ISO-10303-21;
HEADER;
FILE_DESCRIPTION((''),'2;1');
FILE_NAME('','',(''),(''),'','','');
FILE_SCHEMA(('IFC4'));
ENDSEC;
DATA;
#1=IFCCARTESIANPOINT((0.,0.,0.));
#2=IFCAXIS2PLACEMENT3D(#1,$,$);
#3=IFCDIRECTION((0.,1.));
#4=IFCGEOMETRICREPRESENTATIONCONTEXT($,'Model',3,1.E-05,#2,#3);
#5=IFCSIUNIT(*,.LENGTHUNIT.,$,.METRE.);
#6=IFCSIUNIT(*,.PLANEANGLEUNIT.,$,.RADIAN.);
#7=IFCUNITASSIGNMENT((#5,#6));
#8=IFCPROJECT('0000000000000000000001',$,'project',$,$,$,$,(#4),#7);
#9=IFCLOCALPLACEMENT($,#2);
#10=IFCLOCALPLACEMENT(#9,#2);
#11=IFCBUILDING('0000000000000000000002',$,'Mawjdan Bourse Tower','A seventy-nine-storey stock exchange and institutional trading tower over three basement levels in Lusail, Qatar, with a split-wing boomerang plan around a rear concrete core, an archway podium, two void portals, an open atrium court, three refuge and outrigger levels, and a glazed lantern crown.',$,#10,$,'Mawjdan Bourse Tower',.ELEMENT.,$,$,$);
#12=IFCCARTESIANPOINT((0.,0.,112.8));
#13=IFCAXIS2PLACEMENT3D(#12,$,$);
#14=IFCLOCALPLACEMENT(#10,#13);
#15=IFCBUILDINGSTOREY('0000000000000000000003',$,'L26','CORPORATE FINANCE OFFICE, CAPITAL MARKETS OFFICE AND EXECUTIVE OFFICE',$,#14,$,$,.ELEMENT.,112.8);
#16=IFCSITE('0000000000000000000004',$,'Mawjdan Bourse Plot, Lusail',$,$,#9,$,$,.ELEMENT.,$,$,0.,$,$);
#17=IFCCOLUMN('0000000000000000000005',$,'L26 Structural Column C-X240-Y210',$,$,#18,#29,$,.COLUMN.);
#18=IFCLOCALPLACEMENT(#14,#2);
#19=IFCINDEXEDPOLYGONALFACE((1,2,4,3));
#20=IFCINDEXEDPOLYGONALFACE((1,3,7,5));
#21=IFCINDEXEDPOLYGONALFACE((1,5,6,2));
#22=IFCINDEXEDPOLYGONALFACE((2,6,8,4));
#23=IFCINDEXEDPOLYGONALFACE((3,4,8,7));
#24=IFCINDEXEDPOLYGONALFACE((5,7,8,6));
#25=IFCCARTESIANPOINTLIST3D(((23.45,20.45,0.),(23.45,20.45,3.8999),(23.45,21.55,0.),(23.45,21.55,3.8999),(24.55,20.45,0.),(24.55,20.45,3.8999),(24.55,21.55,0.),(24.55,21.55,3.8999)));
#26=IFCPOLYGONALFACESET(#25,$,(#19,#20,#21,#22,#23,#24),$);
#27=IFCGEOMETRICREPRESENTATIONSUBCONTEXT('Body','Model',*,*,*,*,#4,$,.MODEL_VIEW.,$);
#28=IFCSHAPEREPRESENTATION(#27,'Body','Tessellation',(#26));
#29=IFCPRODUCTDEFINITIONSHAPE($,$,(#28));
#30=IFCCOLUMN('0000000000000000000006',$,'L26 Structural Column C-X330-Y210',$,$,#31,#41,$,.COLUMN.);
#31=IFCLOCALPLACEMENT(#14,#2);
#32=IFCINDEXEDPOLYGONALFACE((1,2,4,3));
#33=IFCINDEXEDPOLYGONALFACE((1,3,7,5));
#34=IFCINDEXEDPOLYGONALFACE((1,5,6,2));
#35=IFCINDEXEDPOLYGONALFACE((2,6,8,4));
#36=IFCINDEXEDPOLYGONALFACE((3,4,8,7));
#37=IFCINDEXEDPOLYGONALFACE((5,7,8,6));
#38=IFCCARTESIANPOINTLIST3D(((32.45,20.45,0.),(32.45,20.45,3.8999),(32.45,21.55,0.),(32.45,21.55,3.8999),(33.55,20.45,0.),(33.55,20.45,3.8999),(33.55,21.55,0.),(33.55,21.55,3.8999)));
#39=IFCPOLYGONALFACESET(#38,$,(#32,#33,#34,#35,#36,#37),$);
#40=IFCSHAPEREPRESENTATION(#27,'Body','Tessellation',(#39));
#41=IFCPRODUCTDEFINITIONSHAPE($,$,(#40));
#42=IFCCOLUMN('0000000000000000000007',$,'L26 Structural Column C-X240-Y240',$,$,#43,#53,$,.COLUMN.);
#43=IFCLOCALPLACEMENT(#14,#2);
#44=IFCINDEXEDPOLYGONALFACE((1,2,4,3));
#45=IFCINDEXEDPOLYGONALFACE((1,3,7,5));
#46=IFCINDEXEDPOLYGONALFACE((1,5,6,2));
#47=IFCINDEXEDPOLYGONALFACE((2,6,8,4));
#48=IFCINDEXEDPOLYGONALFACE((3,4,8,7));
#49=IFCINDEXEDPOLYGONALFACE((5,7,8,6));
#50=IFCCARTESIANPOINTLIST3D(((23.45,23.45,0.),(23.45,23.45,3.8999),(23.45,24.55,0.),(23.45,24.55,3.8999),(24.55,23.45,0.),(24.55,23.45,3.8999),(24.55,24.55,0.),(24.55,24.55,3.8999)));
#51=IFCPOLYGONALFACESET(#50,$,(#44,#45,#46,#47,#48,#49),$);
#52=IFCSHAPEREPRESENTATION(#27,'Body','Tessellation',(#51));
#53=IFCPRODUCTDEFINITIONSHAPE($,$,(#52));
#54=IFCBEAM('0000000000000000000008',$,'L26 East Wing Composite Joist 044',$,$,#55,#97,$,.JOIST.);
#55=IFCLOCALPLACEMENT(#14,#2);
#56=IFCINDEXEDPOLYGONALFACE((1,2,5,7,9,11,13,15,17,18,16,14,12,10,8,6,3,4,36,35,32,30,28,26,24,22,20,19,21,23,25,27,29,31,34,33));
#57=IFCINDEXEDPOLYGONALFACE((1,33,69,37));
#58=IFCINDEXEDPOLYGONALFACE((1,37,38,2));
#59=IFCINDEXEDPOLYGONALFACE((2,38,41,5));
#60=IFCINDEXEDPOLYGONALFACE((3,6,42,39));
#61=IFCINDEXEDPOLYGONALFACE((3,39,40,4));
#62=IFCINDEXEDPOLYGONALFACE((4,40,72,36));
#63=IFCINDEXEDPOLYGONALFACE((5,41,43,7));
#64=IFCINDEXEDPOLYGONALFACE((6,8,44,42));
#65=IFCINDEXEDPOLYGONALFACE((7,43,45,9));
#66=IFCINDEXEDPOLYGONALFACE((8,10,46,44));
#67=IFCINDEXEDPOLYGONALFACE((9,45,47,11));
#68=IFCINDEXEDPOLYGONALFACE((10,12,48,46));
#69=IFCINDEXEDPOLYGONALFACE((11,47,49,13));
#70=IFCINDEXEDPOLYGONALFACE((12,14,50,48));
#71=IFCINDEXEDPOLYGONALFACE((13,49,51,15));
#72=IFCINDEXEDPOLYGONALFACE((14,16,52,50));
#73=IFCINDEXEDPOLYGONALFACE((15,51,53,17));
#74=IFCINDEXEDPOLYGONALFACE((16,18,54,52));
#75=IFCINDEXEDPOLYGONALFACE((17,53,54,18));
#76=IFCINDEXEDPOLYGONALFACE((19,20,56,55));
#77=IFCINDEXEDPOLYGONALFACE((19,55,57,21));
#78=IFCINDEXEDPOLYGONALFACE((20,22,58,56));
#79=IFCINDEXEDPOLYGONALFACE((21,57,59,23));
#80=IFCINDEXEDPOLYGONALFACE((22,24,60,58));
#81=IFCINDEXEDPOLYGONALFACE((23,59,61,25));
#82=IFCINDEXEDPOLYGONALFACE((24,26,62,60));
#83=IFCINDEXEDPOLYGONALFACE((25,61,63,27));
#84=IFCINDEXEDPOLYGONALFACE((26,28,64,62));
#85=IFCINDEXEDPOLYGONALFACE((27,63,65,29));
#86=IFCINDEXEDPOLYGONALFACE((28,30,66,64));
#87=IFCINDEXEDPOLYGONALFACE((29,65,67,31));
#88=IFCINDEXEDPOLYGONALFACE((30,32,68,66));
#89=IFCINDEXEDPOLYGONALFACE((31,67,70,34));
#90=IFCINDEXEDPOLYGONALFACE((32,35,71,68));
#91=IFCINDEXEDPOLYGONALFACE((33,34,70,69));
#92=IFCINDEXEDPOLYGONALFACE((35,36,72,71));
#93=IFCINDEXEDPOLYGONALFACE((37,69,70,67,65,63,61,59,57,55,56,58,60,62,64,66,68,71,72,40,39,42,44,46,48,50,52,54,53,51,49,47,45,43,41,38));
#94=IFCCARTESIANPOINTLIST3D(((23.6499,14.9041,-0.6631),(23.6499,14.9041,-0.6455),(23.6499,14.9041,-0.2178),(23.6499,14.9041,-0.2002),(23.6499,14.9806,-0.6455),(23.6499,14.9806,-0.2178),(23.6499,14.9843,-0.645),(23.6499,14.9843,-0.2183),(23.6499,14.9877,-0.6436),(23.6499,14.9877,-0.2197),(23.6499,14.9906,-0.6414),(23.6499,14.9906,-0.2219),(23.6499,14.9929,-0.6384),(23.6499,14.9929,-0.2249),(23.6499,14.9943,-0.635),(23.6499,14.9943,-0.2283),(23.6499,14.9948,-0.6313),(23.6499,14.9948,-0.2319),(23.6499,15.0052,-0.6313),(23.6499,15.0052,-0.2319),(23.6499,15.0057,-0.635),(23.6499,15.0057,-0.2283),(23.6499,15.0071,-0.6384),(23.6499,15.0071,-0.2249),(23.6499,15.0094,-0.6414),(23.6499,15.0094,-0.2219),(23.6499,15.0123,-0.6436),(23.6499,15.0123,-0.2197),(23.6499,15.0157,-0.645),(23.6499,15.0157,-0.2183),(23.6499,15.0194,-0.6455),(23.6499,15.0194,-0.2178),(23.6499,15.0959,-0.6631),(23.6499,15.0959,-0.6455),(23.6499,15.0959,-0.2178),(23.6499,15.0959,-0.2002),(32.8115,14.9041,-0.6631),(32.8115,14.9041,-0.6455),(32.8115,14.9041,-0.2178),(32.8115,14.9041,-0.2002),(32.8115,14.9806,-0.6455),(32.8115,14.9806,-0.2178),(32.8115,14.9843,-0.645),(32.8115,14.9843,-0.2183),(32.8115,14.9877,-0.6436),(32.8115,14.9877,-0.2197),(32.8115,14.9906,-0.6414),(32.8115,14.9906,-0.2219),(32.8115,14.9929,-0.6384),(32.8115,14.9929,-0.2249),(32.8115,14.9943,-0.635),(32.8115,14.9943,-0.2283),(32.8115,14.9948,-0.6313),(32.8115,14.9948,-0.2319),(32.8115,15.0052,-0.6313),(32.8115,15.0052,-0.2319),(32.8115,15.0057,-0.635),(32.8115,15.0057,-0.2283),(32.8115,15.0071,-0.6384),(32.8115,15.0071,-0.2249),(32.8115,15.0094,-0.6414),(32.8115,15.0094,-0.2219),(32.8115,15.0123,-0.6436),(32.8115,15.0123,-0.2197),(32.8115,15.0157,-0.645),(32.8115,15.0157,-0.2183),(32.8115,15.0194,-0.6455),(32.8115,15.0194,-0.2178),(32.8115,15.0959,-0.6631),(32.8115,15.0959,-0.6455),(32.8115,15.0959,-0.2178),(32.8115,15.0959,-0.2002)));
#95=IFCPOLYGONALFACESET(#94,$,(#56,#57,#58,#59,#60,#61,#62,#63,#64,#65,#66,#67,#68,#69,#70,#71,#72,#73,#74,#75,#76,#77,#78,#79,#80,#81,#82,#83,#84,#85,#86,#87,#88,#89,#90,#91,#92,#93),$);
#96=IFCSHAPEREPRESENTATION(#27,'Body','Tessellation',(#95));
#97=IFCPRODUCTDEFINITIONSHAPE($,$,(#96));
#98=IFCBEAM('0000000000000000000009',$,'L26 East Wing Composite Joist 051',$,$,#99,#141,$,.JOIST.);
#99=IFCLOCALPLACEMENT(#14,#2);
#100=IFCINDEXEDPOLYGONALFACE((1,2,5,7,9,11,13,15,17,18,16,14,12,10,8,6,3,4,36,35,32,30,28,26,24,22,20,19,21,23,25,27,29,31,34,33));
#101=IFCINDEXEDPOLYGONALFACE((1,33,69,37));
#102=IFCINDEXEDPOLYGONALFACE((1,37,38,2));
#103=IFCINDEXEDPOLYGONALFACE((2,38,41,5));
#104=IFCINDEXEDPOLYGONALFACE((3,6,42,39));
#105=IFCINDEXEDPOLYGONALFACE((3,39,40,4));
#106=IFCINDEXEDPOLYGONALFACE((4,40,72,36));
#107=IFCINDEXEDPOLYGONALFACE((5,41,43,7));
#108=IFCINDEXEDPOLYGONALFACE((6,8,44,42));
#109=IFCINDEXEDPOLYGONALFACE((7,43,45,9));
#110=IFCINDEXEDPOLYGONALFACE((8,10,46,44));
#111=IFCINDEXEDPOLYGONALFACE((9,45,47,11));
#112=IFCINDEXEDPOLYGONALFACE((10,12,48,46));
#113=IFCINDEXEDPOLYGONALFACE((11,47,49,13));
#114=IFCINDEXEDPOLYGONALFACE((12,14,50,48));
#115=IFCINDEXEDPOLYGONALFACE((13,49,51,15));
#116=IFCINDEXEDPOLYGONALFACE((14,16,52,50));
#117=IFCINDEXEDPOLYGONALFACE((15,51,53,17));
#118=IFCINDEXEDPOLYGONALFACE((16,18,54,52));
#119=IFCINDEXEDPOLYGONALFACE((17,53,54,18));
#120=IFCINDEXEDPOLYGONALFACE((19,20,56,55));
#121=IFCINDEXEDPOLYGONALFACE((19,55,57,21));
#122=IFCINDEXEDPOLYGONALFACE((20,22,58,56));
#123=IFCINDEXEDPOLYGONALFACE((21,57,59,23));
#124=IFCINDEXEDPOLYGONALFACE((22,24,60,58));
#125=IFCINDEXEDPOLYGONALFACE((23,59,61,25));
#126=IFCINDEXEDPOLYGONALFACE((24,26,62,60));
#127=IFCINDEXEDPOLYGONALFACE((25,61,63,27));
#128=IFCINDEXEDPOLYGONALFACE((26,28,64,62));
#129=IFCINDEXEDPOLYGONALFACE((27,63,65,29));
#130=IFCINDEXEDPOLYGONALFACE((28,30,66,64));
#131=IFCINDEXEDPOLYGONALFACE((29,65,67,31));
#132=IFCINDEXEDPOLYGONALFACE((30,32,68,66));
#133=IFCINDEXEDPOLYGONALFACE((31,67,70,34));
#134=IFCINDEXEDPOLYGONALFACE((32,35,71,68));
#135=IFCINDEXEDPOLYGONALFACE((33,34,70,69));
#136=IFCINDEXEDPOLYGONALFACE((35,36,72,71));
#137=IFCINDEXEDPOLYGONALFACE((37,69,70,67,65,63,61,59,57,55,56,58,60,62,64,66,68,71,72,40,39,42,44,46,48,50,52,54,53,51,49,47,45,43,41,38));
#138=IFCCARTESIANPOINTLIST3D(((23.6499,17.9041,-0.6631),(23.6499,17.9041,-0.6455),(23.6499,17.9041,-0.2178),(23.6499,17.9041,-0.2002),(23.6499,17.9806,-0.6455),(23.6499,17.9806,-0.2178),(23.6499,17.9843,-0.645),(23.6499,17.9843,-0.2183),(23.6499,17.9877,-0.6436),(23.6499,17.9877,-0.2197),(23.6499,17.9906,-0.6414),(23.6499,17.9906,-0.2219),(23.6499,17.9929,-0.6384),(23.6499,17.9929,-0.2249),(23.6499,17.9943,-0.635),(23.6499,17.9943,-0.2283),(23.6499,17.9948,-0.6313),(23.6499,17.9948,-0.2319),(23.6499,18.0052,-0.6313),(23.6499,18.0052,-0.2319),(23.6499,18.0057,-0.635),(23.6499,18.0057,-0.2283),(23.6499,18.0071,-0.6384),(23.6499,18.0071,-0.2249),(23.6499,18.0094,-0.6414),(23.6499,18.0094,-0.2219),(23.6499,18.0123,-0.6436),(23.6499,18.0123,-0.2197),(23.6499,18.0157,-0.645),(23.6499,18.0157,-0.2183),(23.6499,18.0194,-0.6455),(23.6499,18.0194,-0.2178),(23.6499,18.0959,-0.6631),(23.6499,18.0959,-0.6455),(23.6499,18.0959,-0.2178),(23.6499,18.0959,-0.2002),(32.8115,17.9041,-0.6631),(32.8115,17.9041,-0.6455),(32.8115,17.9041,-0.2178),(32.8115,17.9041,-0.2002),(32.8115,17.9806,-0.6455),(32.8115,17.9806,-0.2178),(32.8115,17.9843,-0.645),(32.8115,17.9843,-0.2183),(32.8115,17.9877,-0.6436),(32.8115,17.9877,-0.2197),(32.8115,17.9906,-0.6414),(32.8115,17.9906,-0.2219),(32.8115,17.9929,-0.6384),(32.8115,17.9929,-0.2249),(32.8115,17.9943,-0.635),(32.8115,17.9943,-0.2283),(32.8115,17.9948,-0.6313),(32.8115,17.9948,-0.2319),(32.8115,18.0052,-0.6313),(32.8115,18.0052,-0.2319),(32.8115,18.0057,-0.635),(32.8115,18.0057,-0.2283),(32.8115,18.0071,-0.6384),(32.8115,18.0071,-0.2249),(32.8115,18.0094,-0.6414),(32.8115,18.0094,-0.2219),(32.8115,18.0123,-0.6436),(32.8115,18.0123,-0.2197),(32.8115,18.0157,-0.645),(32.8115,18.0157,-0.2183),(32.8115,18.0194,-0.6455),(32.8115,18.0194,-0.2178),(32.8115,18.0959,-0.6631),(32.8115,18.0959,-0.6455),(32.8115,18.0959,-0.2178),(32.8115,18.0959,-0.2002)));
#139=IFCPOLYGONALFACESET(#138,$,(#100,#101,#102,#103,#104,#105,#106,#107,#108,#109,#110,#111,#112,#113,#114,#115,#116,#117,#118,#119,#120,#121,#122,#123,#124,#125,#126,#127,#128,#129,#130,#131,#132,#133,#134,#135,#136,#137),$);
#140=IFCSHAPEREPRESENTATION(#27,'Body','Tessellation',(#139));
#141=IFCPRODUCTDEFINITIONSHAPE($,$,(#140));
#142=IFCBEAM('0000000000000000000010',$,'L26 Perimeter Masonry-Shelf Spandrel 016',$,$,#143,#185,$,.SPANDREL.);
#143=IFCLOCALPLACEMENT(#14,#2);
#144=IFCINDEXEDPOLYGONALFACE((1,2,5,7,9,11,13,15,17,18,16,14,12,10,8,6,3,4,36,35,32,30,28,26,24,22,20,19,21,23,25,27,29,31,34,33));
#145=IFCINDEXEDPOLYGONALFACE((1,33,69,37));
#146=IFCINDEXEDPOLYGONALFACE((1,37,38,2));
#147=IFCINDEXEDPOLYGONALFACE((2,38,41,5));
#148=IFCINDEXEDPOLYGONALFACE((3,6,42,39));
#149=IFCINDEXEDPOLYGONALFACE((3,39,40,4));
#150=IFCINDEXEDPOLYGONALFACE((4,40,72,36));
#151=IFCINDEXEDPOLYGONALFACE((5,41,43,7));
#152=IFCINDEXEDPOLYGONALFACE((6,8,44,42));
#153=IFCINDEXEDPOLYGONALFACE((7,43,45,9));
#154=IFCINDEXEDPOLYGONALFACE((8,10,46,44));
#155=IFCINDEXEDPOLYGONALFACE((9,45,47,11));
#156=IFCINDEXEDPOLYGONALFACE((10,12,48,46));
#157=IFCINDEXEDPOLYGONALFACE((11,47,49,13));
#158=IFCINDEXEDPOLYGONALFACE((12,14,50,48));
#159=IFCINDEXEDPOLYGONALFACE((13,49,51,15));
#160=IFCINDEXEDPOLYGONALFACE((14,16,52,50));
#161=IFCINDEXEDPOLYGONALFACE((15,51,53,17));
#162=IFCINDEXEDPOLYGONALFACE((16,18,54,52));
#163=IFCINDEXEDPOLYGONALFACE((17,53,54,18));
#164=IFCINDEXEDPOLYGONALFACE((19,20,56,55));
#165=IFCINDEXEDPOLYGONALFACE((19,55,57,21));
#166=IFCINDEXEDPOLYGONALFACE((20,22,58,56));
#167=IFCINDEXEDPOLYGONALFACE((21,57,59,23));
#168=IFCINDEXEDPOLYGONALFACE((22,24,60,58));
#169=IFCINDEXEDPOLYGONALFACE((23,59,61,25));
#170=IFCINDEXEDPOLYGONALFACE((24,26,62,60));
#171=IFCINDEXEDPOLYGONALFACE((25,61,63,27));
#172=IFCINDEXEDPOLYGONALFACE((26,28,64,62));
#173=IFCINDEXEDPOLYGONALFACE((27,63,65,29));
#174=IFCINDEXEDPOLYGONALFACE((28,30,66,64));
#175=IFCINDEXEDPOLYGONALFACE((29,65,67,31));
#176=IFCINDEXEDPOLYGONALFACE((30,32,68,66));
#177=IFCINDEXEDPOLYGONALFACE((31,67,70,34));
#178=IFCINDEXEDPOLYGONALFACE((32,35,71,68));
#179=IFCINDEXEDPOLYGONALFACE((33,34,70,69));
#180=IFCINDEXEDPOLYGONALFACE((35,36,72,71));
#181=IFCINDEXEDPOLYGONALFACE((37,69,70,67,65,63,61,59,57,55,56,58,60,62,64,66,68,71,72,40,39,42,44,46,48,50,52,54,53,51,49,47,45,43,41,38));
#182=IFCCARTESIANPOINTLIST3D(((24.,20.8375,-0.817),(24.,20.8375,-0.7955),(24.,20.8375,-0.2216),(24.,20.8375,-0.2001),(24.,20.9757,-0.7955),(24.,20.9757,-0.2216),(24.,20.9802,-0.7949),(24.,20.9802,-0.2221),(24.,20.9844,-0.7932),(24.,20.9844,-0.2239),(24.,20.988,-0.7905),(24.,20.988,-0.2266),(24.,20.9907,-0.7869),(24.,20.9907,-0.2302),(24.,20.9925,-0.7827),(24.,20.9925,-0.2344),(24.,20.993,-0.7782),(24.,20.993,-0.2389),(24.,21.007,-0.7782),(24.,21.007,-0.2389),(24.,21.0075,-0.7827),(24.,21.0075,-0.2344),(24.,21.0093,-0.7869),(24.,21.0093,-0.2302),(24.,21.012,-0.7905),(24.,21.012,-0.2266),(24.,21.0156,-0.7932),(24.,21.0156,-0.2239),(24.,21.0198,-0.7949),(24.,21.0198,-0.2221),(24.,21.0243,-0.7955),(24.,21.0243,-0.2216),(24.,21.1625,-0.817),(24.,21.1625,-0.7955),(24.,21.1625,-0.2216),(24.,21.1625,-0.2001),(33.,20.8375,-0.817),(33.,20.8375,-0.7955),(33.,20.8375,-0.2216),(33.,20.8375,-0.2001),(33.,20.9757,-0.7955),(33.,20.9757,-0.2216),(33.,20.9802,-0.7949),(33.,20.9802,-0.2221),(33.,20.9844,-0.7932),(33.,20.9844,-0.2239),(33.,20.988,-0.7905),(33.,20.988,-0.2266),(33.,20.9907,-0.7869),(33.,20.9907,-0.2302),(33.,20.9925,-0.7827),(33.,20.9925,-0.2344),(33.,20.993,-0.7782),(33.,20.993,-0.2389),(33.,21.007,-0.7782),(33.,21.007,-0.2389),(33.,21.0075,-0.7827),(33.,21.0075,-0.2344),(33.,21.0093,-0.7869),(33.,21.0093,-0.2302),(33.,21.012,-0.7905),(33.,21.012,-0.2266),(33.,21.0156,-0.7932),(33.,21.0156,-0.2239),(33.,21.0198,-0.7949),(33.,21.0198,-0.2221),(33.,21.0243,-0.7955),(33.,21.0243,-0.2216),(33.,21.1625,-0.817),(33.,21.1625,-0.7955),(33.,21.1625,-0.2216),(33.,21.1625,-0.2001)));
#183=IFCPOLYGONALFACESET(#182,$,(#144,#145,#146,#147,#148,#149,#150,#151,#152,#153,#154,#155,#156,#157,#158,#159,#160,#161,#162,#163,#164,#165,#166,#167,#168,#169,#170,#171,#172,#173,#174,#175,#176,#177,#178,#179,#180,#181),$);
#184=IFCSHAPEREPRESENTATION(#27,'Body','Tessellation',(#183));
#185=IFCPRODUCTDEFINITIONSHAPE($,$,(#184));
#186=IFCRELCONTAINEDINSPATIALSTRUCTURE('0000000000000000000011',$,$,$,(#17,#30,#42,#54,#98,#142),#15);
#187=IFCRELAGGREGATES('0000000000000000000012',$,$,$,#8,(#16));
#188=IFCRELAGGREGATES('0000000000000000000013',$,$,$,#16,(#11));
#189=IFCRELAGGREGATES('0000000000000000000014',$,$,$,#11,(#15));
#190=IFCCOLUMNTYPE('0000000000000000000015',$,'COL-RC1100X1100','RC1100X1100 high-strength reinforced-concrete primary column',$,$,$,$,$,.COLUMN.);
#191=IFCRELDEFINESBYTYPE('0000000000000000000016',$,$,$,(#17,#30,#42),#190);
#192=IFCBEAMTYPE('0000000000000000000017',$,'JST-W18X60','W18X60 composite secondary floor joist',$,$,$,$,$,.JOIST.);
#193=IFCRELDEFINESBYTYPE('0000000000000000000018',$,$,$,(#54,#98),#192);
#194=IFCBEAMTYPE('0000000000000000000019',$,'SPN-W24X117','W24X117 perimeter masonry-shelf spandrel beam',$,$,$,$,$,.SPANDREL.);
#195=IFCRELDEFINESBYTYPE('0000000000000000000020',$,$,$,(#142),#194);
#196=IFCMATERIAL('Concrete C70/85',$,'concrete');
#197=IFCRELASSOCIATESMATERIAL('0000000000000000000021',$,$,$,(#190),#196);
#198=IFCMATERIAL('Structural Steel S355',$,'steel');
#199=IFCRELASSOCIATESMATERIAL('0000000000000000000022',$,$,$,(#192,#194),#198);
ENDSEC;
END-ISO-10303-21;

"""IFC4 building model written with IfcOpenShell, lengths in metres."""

from ifc_helpers import new_model, si_unit, direction, frame, origin, origin_2d, place, context, subcontext, project, spatial, rectangle, i_section, extrude, material, material_profile, profile_set, type_object, element, save


model = new_model("IFC4")

# Units and contexts
model_context = context("Model", 3, precision=1e-05, world=origin(), true_north=direction((0.0, 1.0)))
body_context = subcontext(model_context, "Body", "Model", "MODEL_VIEW")
ifc_project = project(units=[si_unit("LENGTHUNIT", "METRE"), si_unit("PLANEANGLEUNIT", "RADIAN")], contexts=[model_context])

# Site, building, storey
site_placement = place(None, origin())
site = spatial("IfcSite", under=ifc_project, at=site_placement, Name="Mawjdan Bourse Plot, Lusail", CompositionType="ELEMENT", RefElevation=0.0)
building_placement = place(site_placement, origin())
building = spatial("IfcBuilding", under=site, at=building_placement, Name="Mawjdan Bourse Tower", Description="A seventy-nine-storey stock exchange and institutional trading tower over three basement levels in Lusail, Qatar, with a split-wing boomerang plan around a rear concrete core, an archway podium, two void portals, an open atrium court, three refuge and outrigger levels, and a glazed lantern crown.", LongName="Mawjdan Bourse Tower", CompositionType="ELEMENT")
storey_placement = place(building_placement, frame((0.0, 0.0, 112.8)))
storey = spatial("IfcBuildingStorey", under=building, at=storey_placement, Name="L26", Description="CORPORATE FINANCE OFFICE, CAPITAL MARKETS OFFICE AND EXECUTIVE OFFICE", CompositionType="ELEMENT", Elevation=112.8)

# Columns
ifc_material_1 = material(Name="Concrete C70/85", Category="concrete")
ifc_material_profile_1 = material_profile(ifc_material_1, rectangle(XDim=1.1001, YDim=1.1001, at=origin_2d()), Name="RC1100X1100")
ifc_profile_set_1 = profile_set([ifc_material_profile_1], Name="Concrete C70/85")
column_type = type_object("IfcColumnType", Name="COL-RC1100X1100", Description="RC1100X1100 high-strength reinforced-concrete primary column", PredefinedType="COLUMN", material=ifc_profile_set_1)
for number, where, z_axis, x_axis, name in (
    (1, (24.0, 21.0, 0.0), (0.0, 0.0, 1.0), (1.0, 0.0, 0.0), "L26 Structural Column C-X240-Y210"),
    (2, (33.0, 21.0, 0.0), (0.0, 0.0, 1.0), (1.0, 0.0, 0.0), "L26 Structural Column C-X330-Y210"),
    (3, (24.0, 24.0, 0.0), (0.0, 0.0, 1.0), (1.0, 0.0, 0.0), "L26 Structural Column C-X240-Y240"),
):
    element("IfcColumn", number, at=place(storey_placement, frame(where, z_axis=z_axis, x_axis=x_axis)), inside=storey, type_object=column_type, Name=name, PredefinedType="COLUMN", context=body_context, shape_type="SweptSolid", body=[
        extrude(rectangle(XDim=1.1001, YDim=1.1001, at=origin_2d()), origin(), (0.0, 0.0, 1.0), 3.8999),
    ])

# Beams
ifc_material_2 = material(Name="Structural Steel S355", Category="steel")
ifc_material_profile_2 = material_profile(ifc_material_2, i_section(OverallWidth=0.1919, OverallDepth=0.4629, WebThickness=0.0105, FlangeThickness=0.0176, FilletRadius=0.0142, at=origin_2d()), Name="W18X60")
ifc_profile_set_2 = profile_set([ifc_material_profile_2], Name="Structural Steel S355")
beam_type_1 = type_object("IfcBeamType", Name="JST-W18X60", Description="W18X60 composite secondary floor joist", PredefinedType="JOIST", material=ifc_profile_set_2)
for number, where, z_axis, x_axis, name in (
    (4, (23.6499, 15.0, -0.4316), (1.0, 0.0, 0.0), (0.0, 1.0, 0.0), "L26 East Wing Composite Joist 044"),
    (5, (23.6499, 18.0, -0.4316), (1.0, 0.0, 0.0), (0.0, 1.0, 0.0), "L26 East Wing Composite Joist 051"),
):
    element("IfcBeam", number, at=place(storey_placement, frame(where, z_axis=z_axis, x_axis=x_axis)), inside=storey, type_object=beam_type_1, Name=name, PredefinedType="JOIST", context=body_context, shape_type="SweptSolid", body=[
        extrude(i_section(OverallWidth=0.1919, OverallDepth=0.4629, WebThickness=0.0105, FlangeThickness=0.0176, FilletRadius=0.0142, at=origin_2d()), origin(), (0.0, 0.0, 1.0), 9.1616),
    ])
ifc_material_profile_3 = material_profile(ifc_material_2, i_section(OverallWidth=0.325, OverallDepth=0.6169, WebThickness=0.0139, FlangeThickness=0.0215, FilletRadius=0.0173, at=origin_2d()), Name="W24X117")
ifc_profile_set_3 = profile_set([ifc_material_profile_3], Name="Structural Steel S355")
beam_type_2 = type_object("IfcBeamType", Name="SPN-W24X117", Description="W24X117 perimeter masonry-shelf spandrel beam", PredefinedType="SPANDREL", material=ifc_profile_set_3)
beam_1_placement = place(storey_placement, frame((24.0, 21.0, -0.5085), z_axis=(1.0, 0.0, 0.0), x_axis=(0.0, 1.0, 0.0)))
element("IfcBeam", 6, at=beam_1_placement, inside=storey, type_object=beam_type_2, Name="L26 Perimeter Masonry-Shelf Spandrel 016", PredefinedType="SPANDREL", context=body_context, shape_type="SweptSolid", body=[
    extrude(i_section(OverallWidth=0.325, OverallDepth=0.6169, WebThickness=0.0139, FlangeThickness=0.0215, FilletRadius=0.0173, at=origin_2d()), origin(), (0.0, 0.0, 1.0), 9.0),
])

save(model, "model.ifc")
